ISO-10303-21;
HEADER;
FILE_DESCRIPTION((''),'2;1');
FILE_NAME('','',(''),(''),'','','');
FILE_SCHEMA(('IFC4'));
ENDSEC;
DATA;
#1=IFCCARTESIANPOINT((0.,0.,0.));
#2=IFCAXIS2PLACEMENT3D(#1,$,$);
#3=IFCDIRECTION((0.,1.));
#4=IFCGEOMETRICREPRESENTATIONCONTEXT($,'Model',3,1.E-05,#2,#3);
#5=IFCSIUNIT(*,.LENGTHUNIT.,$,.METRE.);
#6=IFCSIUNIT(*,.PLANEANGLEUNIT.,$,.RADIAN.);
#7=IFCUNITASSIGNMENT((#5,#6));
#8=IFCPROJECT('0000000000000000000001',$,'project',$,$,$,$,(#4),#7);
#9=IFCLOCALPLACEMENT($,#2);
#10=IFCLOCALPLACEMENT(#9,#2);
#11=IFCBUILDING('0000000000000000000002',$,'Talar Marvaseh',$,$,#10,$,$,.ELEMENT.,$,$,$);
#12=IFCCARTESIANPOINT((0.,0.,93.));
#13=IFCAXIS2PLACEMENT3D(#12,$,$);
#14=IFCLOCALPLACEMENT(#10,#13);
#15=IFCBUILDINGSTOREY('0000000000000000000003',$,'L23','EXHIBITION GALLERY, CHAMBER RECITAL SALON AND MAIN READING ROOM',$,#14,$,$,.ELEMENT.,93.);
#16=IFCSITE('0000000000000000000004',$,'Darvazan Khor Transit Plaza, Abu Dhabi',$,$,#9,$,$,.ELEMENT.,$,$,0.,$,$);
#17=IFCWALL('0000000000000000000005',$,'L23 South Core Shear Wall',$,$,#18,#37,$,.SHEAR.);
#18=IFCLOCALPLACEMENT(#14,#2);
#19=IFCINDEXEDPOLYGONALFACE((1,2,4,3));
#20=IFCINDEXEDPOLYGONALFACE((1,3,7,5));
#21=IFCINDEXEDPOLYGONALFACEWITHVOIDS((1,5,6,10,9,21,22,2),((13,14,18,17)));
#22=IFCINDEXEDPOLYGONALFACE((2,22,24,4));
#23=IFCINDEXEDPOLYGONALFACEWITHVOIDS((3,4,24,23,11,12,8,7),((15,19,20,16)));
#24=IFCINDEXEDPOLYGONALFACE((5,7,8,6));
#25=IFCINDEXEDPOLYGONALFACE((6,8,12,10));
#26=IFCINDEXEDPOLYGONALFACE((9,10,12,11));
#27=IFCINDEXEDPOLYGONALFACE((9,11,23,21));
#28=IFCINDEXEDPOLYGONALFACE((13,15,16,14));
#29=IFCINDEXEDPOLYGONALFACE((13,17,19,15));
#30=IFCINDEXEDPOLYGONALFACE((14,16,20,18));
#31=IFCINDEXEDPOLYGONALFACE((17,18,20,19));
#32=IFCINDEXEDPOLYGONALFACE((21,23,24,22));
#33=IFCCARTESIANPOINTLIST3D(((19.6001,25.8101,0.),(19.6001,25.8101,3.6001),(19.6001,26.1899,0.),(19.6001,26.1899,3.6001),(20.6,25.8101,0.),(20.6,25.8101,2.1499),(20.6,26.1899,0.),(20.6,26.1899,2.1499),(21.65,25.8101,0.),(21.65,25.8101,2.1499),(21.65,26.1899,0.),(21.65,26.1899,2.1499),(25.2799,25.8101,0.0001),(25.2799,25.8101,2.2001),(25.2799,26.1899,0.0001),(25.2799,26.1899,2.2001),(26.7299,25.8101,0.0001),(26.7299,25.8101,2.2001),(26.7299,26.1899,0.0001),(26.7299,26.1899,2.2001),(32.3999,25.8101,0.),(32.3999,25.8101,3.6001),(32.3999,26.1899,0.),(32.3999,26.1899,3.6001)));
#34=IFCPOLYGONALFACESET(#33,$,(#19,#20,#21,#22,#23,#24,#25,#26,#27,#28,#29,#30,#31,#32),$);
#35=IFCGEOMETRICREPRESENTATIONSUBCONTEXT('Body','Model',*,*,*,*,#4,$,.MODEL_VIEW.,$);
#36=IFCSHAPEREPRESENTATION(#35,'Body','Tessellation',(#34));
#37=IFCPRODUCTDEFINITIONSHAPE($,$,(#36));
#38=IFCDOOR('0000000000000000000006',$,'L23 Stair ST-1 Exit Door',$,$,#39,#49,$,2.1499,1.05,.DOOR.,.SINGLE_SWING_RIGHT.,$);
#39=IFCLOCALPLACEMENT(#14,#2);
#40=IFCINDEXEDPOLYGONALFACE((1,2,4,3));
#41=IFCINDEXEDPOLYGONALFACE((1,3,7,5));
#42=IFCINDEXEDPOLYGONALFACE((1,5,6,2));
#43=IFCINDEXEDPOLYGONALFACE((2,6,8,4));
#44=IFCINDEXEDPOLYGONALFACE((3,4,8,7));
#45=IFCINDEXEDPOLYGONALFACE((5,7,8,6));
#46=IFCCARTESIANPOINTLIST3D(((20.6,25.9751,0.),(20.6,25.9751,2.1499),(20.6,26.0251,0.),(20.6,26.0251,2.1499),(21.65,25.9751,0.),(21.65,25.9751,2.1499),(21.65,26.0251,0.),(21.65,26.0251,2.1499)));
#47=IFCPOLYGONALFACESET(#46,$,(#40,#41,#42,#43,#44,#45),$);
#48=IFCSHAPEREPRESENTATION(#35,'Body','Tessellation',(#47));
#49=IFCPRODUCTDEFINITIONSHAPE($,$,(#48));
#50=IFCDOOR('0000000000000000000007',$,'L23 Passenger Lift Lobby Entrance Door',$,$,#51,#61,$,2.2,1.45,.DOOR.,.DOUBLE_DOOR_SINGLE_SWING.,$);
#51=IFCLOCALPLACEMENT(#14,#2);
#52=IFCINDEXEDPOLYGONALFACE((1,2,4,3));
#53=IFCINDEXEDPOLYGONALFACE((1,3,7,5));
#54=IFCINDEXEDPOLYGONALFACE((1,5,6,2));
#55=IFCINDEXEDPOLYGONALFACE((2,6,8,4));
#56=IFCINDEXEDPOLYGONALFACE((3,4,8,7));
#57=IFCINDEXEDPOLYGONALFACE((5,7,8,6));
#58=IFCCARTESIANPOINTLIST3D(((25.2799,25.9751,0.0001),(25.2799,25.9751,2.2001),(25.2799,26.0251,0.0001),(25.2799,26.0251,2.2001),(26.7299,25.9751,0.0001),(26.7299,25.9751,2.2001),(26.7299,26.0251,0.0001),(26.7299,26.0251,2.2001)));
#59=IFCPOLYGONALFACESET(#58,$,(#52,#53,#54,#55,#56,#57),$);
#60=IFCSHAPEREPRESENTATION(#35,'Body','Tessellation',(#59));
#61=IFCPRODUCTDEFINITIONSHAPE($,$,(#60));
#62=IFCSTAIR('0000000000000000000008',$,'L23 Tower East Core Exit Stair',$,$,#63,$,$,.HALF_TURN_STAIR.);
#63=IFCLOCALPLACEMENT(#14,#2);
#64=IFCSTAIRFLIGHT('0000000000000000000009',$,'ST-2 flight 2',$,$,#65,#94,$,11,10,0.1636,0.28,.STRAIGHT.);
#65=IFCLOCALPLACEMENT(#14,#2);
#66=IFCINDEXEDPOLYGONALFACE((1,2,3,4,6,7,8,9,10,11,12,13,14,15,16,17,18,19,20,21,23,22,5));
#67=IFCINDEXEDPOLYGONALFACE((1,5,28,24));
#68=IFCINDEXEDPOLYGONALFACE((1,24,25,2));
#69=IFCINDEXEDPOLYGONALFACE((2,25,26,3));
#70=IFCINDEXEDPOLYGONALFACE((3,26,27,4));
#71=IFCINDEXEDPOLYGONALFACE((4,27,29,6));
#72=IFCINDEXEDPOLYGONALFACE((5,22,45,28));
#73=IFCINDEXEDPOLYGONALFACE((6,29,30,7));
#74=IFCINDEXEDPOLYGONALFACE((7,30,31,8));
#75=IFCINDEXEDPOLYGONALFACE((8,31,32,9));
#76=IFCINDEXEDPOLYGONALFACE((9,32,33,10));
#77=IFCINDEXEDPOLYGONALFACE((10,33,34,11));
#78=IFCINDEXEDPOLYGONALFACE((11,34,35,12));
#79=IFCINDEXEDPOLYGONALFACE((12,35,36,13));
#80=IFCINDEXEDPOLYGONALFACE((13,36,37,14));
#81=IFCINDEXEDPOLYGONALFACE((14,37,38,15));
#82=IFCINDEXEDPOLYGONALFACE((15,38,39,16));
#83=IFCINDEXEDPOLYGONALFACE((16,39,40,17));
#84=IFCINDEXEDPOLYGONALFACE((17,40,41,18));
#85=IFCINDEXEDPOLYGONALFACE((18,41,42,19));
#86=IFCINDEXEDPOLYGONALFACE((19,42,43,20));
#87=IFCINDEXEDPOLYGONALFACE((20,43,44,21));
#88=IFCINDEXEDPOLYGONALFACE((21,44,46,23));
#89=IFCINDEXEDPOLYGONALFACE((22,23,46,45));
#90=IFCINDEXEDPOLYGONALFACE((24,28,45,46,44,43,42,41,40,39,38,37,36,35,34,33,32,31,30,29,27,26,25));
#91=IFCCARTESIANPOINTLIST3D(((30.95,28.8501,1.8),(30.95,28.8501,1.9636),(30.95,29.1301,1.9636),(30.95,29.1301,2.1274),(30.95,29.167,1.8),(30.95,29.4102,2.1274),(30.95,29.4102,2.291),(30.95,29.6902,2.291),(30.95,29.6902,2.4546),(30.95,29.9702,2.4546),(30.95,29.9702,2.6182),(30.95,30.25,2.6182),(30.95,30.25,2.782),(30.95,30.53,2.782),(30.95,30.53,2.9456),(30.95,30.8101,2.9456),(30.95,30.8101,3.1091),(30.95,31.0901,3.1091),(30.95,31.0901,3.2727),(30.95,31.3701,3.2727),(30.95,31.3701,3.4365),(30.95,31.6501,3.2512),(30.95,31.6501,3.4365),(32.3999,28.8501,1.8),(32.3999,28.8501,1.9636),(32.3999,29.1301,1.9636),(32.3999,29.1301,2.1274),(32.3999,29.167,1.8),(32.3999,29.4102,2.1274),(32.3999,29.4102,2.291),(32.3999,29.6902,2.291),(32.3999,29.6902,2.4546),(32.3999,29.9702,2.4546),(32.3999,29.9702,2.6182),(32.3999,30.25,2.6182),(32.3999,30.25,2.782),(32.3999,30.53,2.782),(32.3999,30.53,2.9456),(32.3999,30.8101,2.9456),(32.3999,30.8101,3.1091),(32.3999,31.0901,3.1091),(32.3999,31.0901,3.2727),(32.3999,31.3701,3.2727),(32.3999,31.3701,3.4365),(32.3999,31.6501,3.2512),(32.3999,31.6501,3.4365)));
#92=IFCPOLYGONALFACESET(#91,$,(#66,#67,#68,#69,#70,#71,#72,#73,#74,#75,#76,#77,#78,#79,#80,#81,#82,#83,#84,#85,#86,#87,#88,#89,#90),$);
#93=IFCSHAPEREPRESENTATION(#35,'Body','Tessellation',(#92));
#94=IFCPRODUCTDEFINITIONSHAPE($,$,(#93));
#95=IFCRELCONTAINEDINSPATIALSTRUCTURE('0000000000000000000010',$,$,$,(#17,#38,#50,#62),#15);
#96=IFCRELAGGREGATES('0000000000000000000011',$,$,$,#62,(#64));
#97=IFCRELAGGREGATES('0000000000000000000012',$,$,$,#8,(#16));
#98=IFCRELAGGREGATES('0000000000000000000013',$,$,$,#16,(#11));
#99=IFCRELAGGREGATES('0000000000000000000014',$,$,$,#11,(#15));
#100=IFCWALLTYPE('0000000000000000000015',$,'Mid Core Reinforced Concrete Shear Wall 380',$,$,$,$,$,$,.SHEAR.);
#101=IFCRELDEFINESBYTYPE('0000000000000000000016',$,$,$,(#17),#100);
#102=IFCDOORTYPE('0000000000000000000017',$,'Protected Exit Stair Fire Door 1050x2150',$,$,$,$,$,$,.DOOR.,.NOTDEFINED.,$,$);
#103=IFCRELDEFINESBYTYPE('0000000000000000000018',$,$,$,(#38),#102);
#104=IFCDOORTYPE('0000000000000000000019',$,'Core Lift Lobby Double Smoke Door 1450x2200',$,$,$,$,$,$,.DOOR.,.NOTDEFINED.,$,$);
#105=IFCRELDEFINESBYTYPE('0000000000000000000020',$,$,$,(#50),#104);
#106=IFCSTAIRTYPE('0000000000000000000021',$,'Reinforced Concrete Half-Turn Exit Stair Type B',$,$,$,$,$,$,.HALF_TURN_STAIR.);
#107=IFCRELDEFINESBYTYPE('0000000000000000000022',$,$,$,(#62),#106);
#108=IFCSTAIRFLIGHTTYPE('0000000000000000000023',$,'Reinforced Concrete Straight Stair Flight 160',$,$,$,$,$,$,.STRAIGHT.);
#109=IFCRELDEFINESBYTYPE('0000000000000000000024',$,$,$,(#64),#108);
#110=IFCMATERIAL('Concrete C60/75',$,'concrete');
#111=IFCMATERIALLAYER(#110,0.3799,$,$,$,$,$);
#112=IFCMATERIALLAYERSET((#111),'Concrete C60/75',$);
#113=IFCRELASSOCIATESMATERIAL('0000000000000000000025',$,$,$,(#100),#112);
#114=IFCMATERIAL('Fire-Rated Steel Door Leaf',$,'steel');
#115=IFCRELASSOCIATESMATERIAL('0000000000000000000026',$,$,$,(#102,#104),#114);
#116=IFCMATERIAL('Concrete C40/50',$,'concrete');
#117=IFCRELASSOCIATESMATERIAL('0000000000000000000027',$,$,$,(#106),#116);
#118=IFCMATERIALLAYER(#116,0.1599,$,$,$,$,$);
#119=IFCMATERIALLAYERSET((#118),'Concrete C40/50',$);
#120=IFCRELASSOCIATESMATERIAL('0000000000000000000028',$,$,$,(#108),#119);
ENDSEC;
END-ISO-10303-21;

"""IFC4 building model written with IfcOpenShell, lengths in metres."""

from ifc_helpers import new_model, si_unit, direction, frame, frame_2d, origin, place, context, subcontext, project, spatial, polyline, rectangle, outline, extrude, source, transform, mapped, material, layer, layer_set, type_object, type_shapes, element, fill, aggregate, save


model = new_model("IFC4")

# Units and contexts
model_context = context("Model", 3, precision=1e-05, world=origin(), true_north=direction((0.0, 1.0)))
body_context = subcontext(model_context, "Body", "Model", "MODEL_VIEW")
ifc_project = project(units=[si_unit("LENGTHUNIT", "METRE"), si_unit("PLANEANGLEUNIT", "RADIAN")], contexts=[model_context])

# Site, building, storey
site_placement = place(None, origin())
site = spatial("IfcSite", under=ifc_project, at=site_placement, Name="Darvazan Khor Transit Plaza, Abu Dhabi", CompositionType="ELEMENT", RefElevation=0.0)
building_placement = place(site_placement, origin())
building = spatial("IfcBuilding", under=site, at=building_placement, Name="Talar Marvaseh", CompositionType="ELEMENT")
storey_placement = place(building_placement, frame((0.0, 0.0, 93.0)))
storey = spatial("IfcBuildingStorey", under=building, at=storey_placement, Name="L23", Description="EXHIBITION GALLERY, CHAMBER RECITAL SALON AND MAIN READING ROOM", CompositionType="ELEMENT", Elevation=93.0)

# Shared definitions
ifc_material_1 = material(Name="Concrete C60/75", Category="concrete")

# Wall, openings, doors
ifc_layer_1 = layer(ifc_material_1, 0.3799)
ifc_layer_set_1 = layer_set([ifc_layer_1], Name="Concrete C60/75")
wall_type_1 = type_object("IfcWallType", Name="Mid Core Reinforced Concrete Shear Wall 380", PredefinedType="SHEAR", material=ifc_layer_set_1)
wall_1_placement = place(storey_placement, frame((32.3999, 26.0, 0.0), z_axis=(0.0, 0.0, 1.0), x_axis=(-1.0, 0.0, 0.0)))
wall_1 = element("IfcWall", 1, at=wall_1_placement, inside=storey, type_object=wall_type_1, Name="L23 South Core Shear Wall", PredefinedType="SHEAR", context=body_context, shape_type="SweptSolid", body=[
    extrude(rectangle(XDim=12.7998, YDim=0.3799, at=frame_2d((6.3999, 0.0))), origin(), (0.0, 0.0, 1.0), 3.6001),
])
opening_1_placement = place(wall_1_placement, frame((10.75, 0.0, 0.0)))
opening_1 = element("IfcOpeningElement", 2, at=opening_1_placement, cuts=wall_1, PredefinedType="OPENING", context=body_context, shape_type="SweptSolid", body=[
    extrude(rectangle(XDim=1.05, YDim=2.1499, at=frame_2d((0.5249, 1.075))), frame((0.0, 0.2, 0.0), z_axis=(0.0, -1.0, 0.0), x_axis=(1.0, 0.0, 0.0)), (0.0, 0.0, 1.0), 0.3999),
])
opening_2_placement = place(wall_1_placement, frame((5.6699, 0.0, 0.0)))
opening_2 = element("IfcOpeningElement", 3, at=opening_2_placement, cuts=wall_1, PredefinedType="OPENING", context=body_context, shape_type="SweptSolid", body=[
    extrude(rectangle(XDim=1.45, YDim=2.2, at=frame_2d((0.7251, 1.1001))), frame((0.0, 0.2, 0.0), z_axis=(0.0, -1.0, 0.0), x_axis=(1.0, 0.0, 0.0)), (0.0, 0.0, 1.0), 0.3999),
])
ifc_material_2 = material(Name="Fire-Rated Steel Door Leaf", Category="steel")
door_type_1 = type_object("IfcDoorType", Name="Protected Exit Stair Fire Door 1050x2150", OperationType="NOTDEFINED", PredefinedType="DOOR", material=ifc_material_2)
shared_shape_1 = source(origin(), body_context, "Body", "SweptSolid", [
    extrude(rectangle(XDim=1.05, YDim=2.1499, at=frame_2d((0.5249, 1.075))), frame((0.0, 0.0249, 0.0), z_axis=(0.0, -1.0, 0.0), x_axis=(1.0, 0.0, 0.0)), (0.0, 0.0, 1.0), 0.05),
])
type_shapes(door_type_1, [shared_shape_1])
door_1_placement = place(opening_1_placement, origin())
door_1 = element("IfcDoor", 4, at=door_1_placement, inside=storey, type_object=door_type_1, Name="L23 Stair ST-1 Exit Door", OperationType="SINGLE_SWING_RIGHT", OverallHeight=2.1499, OverallWidth=1.05, PredefinedType="DOOR", context=body_context, shape_type="MappedRepresentation", body=[
    mapped(shared_shape_1, transform((0.0, 0.0, 0.0), x_axis=(1.0, 0.0, 0.0), y_axis=(0.0, 1.0, 0.0), z_axis=(0.0, 0.0, 1.0), scale=1.0)),
])
fill(opening_1, door_1)
door_type_2 = type_object("IfcDoorType", Name="Core Lift Lobby Double Smoke Door 1450x2200", OperationType="NOTDEFINED", PredefinedType="DOOR", material=ifc_material_2)
shared_shape_2 = source(origin(), body_context, "Body", "SweptSolid", [
    extrude(rectangle(XDim=1.45, YDim=2.2, at=frame_2d((0.7251, 1.1001))), frame((0.0, 0.0249, 0.0), z_axis=(0.0, -1.0, 0.0), x_axis=(1.0, 0.0, 0.0)), (0.0, 0.0, 1.0), 0.05),
])
type_shapes(door_type_2, [shared_shape_2])
door_2_placement = place(opening_2_placement, origin())
door_2 = element("IfcDoor", 5, at=door_2_placement, inside=storey, type_object=door_type_2, Name="L23 Passenger Lift Lobby Entrance Door", OperationType="DOUBLE_DOOR_SINGLE_SWING", OverallHeight=2.2, OverallWidth=1.45, PredefinedType="DOOR", context=body_context, shape_type="MappedRepresentation", body=[
    mapped(shared_shape_2, transform((0.0, 0.0, 0.0), x_axis=(1.0, 0.0, 0.0), y_axis=(0.0, 1.0, 0.0), z_axis=(0.0, 0.0, 1.0), scale=1.0)),
])
fill(opening_2, door_2)

# Stair, stair flight
ifc_material_3 = material(Name="Concrete C40/50", Category="concrete")
stair_type = type_object("IfcStairType", Name="Reinforced Concrete Half-Turn Exit Stair Type B", PredefinedType="HALF_TURN_STAIR", material=ifc_material_3)
stair_placement = place(storey_placement, origin())
stair = element("IfcStair", 6, at=stair_placement, inside=storey, type_object=stair_type, Name="L23 Tower East Core Exit Stair", PredefinedType="HALF_TURN_STAIR")
ifc_layer_2 = layer(ifc_material_3, 0.1599)
ifc_layer_set_2 = layer_set([ifc_layer_2], Name="Concrete C40/50")
stair_flight_type = type_object("IfcStairFlightType", Name="Reinforced Concrete Straight Stair Flight 160", PredefinedType="STRAIGHT", material=ifc_layer_set_2)
stair_flight_placement = place(storey_placement, frame((31.675, 28.8501, 1.8), z_axis=(0.0, 0.0, 1.0), x_axis=(0.0, 1.0, 0.0)))
stair_flight = element("IfcStairFlight", 7, at=stair_flight_placement, type_object=stair_flight_type, Name="ST-2 flight 2", NumberOfRisers=11, NumberOfTreads=10, PredefinedType="STRAIGHT", RiserHeight=0.1636, TreadLength=0.28, context=body_context, shape_type="SweptSolid", body=[
    extrude(outline(polyline([(0.0, 0.0), (0.0, 0.1636), (0.28, 0.1636), (0.28, 0.3274), (0.5601, 0.3274), (0.5601, 0.491), (0.8401, 0.491), (0.8401, 0.6545), (1.1201, 0.6545), (1.1201, 0.8181), (1.3999, 0.8181), (1.3999, 0.9819), (1.6799, 0.9819), (1.6799, 1.1455), (1.96, 1.1455), (1.96, 1.3091), (2.24, 1.3091), (2.24, 1.4727), (2.52, 1.4727), (2.52, 1.6365), (2.8, 1.6365), (2.8, 1.8), (2.8, 1.4512), (0.3169, 0.0), (0.0, 0.0)])), frame((0.0, 0.7251, 0.0), z_axis=(0.0, -1.0, 0.0), x_axis=(1.0, 0.0, 0.0)), (0.0, 0.0, 1.0), 1.45),
])
aggregate(stair, [stair_flight])

save(model, "model.ifc")
